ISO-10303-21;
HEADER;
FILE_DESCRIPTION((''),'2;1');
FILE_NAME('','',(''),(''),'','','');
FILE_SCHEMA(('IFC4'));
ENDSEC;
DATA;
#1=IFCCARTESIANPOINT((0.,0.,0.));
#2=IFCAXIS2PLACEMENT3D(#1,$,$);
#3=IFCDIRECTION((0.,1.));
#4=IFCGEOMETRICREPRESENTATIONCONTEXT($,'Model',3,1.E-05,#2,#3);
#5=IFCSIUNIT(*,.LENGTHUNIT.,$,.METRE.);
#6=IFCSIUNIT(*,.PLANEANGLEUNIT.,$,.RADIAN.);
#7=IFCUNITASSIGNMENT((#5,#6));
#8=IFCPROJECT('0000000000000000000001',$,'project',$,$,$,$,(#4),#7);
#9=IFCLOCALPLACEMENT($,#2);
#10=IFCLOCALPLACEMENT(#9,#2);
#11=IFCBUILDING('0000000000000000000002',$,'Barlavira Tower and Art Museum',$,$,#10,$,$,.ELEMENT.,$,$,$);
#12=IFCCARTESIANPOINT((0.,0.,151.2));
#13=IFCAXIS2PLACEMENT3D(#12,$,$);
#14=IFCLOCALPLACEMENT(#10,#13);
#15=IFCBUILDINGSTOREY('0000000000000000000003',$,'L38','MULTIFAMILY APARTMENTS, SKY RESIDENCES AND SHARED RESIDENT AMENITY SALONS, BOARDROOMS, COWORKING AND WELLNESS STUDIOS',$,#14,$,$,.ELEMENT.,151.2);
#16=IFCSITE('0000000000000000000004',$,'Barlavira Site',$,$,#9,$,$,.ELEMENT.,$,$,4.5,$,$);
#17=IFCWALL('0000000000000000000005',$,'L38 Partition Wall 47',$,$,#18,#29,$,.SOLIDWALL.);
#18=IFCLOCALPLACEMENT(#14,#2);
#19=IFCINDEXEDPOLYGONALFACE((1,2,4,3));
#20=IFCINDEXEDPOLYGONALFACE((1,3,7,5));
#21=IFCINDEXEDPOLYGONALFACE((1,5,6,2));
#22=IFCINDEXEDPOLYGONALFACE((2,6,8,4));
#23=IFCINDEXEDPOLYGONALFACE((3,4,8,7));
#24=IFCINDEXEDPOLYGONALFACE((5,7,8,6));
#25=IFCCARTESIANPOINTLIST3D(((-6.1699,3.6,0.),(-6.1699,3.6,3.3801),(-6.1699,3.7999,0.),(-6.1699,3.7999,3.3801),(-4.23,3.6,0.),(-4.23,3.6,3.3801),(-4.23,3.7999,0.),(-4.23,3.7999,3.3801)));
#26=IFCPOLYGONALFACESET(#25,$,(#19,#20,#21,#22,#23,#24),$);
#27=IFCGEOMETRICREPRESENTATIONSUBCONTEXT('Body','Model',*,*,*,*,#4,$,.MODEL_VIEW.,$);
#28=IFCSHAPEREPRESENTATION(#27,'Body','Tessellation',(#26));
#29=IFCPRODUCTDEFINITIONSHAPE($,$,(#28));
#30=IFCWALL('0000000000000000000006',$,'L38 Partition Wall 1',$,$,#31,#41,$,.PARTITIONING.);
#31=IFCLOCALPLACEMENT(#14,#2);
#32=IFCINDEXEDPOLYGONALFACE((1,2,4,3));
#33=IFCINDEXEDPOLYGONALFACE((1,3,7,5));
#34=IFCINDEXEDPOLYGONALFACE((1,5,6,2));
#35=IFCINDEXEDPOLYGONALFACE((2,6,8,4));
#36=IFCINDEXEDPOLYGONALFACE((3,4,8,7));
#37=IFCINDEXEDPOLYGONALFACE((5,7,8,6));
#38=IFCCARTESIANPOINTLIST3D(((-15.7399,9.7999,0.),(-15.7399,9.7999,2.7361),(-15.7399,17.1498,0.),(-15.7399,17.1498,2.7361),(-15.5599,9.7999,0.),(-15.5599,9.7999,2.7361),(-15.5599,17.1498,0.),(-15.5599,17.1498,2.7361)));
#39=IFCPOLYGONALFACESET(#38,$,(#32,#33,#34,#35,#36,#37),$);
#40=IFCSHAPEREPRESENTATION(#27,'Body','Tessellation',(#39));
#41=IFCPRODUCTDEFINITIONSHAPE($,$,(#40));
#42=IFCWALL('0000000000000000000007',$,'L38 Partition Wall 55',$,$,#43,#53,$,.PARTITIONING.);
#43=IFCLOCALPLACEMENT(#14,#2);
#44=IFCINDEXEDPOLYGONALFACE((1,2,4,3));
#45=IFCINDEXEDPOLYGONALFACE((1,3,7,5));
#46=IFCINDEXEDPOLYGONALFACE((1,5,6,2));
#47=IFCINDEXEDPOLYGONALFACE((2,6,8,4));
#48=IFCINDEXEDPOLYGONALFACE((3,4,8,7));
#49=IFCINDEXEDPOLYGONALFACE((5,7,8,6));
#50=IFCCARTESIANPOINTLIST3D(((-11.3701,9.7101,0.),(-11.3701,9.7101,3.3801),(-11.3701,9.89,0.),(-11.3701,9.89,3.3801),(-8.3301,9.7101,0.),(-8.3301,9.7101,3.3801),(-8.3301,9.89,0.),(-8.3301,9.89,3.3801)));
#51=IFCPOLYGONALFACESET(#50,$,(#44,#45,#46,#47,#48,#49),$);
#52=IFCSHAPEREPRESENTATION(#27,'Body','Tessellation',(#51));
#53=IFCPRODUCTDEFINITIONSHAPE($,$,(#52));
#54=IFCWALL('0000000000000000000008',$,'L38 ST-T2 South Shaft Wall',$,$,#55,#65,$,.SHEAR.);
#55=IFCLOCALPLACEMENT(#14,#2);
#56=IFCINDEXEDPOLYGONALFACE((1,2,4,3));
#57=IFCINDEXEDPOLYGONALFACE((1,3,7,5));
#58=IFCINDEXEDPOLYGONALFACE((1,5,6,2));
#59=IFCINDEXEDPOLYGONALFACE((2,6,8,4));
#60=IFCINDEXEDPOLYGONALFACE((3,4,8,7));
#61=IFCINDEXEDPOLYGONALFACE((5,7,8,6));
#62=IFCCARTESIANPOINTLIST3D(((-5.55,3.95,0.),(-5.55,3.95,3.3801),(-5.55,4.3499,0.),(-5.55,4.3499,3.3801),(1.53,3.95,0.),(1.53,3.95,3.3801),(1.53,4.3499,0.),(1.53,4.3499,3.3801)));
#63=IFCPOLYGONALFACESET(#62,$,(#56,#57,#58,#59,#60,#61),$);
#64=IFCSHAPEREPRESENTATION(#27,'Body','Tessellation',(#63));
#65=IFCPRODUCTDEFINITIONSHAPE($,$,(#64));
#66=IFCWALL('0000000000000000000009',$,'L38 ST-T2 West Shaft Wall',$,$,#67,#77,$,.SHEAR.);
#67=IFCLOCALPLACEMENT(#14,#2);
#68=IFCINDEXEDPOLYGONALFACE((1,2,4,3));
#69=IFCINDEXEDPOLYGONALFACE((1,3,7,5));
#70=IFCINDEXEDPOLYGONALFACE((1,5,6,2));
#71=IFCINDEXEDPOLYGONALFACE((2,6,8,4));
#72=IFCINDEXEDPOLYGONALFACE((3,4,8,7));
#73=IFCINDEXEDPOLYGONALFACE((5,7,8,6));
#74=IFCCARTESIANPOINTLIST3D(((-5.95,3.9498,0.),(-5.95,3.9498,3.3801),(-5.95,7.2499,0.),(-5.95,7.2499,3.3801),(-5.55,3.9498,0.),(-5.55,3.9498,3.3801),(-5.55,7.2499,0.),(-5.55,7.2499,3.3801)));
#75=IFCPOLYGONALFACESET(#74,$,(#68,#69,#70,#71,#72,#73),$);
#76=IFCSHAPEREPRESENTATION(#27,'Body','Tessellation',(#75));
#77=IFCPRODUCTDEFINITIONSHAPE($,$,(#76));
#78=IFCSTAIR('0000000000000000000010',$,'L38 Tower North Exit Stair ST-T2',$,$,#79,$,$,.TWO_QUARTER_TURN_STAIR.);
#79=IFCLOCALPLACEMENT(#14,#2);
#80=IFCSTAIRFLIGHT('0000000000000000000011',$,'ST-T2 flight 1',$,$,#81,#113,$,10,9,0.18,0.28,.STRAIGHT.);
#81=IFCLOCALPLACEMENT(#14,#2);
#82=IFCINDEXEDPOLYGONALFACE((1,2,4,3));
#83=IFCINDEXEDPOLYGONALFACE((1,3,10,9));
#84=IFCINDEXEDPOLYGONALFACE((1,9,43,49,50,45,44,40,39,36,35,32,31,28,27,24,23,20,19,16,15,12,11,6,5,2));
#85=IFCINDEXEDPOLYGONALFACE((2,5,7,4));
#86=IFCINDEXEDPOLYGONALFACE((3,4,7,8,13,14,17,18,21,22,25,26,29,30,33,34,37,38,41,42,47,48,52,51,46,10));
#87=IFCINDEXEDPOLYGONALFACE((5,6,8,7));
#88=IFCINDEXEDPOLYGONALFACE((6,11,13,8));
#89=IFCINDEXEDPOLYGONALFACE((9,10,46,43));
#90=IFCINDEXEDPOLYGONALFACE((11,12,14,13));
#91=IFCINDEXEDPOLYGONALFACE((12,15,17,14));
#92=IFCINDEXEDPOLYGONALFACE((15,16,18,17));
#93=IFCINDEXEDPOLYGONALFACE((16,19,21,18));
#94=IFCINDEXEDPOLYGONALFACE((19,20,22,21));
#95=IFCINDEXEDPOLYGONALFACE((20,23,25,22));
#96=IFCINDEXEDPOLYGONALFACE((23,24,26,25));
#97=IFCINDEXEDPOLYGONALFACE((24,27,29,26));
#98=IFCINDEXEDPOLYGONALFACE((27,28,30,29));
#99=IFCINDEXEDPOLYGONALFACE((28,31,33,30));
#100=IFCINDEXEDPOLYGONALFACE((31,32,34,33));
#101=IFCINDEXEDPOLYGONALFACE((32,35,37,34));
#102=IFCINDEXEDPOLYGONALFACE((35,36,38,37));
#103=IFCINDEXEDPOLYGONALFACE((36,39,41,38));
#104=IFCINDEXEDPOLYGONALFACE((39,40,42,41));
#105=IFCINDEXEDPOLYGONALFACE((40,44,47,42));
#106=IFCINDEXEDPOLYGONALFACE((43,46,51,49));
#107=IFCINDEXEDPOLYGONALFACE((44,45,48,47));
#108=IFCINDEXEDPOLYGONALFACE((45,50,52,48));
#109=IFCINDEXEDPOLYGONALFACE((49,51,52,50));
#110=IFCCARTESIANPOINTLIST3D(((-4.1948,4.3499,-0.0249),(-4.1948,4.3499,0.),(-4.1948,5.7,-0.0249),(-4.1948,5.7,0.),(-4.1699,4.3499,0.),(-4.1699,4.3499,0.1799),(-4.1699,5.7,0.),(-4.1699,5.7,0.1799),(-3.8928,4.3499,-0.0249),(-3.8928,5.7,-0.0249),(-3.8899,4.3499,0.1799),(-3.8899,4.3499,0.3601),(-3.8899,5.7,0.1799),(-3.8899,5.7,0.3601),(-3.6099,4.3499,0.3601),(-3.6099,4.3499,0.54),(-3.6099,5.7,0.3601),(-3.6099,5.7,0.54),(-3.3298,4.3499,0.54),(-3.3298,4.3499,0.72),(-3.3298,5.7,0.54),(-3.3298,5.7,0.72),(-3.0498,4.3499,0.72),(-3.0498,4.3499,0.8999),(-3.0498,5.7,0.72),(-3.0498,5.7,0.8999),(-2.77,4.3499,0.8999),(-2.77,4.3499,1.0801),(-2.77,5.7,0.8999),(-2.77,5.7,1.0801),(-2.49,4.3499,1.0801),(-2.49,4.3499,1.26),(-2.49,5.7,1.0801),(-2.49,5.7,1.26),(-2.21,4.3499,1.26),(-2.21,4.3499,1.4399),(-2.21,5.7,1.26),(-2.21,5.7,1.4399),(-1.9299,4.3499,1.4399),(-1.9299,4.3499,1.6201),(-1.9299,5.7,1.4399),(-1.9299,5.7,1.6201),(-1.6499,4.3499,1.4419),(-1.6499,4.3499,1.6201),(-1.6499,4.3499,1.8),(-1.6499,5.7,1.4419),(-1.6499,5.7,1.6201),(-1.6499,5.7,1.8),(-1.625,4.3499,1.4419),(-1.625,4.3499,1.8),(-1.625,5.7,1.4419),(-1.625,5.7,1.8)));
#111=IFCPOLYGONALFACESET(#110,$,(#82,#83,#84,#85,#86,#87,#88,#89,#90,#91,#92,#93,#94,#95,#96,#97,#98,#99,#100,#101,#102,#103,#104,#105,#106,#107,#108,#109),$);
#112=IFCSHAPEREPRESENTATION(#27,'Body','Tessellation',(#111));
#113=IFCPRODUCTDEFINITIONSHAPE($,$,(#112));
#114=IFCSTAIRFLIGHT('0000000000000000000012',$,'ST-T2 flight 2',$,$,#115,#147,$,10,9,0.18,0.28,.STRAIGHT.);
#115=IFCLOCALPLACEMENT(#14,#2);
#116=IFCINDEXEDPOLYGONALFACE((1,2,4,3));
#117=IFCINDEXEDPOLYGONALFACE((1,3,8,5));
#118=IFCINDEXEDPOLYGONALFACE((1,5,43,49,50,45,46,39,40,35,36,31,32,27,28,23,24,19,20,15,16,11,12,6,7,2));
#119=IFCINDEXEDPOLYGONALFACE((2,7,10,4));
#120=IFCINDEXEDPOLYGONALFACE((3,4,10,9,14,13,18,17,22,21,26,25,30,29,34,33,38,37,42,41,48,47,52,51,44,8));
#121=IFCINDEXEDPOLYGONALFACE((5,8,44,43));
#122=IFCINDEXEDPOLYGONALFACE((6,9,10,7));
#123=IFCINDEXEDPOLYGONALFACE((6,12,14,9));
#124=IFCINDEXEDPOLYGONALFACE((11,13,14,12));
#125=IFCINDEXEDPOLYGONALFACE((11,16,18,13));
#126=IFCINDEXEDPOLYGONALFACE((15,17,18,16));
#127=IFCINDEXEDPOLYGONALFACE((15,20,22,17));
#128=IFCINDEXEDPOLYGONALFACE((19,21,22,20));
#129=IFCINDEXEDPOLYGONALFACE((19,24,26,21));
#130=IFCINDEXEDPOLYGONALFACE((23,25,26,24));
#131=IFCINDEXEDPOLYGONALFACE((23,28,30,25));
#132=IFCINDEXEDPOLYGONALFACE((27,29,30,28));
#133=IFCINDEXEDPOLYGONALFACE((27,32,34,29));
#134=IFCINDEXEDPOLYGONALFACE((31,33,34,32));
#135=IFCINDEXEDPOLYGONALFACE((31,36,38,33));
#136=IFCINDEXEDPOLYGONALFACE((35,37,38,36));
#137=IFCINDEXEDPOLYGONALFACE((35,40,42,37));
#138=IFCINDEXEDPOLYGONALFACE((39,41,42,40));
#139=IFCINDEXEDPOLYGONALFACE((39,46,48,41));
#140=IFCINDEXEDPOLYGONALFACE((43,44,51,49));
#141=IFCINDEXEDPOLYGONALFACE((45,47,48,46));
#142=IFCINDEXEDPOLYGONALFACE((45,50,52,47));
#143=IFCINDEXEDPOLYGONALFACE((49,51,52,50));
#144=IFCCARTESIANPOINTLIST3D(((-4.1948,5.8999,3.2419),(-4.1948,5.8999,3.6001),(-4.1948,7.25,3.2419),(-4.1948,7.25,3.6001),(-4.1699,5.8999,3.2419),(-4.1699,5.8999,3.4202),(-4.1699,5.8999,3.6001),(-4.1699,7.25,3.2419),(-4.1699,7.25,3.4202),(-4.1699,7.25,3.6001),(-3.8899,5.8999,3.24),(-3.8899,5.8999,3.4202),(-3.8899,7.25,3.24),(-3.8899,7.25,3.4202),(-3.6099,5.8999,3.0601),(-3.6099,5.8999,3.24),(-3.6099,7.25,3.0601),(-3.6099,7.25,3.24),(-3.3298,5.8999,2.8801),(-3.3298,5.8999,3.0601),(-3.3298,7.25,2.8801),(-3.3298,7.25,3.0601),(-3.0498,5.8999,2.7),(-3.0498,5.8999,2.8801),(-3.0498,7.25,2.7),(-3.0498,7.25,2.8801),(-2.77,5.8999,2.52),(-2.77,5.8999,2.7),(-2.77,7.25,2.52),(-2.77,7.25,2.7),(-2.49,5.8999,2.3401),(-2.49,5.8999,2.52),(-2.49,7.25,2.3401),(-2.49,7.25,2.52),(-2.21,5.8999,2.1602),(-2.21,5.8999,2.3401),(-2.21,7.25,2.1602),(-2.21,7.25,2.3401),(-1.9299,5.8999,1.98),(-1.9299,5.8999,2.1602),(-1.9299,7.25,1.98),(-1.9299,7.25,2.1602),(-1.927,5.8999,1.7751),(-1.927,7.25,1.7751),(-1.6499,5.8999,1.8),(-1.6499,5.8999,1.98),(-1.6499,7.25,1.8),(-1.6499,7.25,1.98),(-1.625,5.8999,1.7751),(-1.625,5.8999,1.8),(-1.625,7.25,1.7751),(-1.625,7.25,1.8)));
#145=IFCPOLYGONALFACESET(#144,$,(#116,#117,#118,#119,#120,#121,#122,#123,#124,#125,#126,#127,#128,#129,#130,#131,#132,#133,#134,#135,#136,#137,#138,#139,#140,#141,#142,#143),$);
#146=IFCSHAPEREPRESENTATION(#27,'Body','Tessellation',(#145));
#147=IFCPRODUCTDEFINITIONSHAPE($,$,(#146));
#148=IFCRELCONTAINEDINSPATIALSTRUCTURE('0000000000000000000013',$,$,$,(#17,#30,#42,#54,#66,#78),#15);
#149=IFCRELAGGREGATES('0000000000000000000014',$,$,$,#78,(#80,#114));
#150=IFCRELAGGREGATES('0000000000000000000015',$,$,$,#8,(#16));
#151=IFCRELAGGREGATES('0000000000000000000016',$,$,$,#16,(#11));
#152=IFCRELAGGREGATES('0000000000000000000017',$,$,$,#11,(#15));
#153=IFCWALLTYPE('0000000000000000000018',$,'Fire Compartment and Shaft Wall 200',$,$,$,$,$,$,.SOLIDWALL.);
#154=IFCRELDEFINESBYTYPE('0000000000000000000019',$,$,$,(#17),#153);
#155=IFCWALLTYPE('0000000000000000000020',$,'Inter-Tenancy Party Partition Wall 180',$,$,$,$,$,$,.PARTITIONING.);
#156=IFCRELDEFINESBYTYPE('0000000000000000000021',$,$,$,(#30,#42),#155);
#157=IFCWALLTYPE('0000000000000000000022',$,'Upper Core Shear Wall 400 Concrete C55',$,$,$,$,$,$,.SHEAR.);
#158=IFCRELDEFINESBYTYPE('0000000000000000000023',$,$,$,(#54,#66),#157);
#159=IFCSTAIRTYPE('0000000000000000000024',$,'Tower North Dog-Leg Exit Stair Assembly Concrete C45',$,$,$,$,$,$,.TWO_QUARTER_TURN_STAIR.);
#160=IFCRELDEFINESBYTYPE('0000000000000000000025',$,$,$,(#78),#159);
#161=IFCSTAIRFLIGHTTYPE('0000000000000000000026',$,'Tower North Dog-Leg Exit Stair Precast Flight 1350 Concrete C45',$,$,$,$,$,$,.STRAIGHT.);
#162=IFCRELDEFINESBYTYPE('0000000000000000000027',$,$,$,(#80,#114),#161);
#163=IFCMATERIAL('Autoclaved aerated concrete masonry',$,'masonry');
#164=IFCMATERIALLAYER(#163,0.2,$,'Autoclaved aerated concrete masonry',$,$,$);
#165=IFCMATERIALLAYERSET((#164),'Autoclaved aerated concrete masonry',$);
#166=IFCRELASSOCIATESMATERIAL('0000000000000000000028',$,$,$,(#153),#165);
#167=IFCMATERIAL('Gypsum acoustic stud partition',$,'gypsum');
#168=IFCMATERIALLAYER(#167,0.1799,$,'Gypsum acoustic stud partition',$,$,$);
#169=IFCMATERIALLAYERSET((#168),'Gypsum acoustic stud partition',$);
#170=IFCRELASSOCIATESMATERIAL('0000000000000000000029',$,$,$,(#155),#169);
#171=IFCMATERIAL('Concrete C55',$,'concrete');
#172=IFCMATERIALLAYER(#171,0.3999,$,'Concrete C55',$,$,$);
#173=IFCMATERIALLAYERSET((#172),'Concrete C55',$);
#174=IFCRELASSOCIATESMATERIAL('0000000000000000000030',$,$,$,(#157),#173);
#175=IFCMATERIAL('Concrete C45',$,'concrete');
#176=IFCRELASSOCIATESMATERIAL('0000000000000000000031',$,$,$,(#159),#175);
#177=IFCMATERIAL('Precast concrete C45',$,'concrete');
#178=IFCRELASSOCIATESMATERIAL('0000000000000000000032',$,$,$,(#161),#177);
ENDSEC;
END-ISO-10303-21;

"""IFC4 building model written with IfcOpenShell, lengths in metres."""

from ifc_helpers import new_model, si_unit, direction, frame, frame_2d, origin, place, context, subcontext, project, spatial, polyline, rectangle, outline, extrude, material, layer, layer_set, type_object, element, aggregate, save


model = new_model("IFC4")

# Units and contexts
model_context = context("Model", 3, precision=1e-05, world=origin(), true_north=direction((0.0, 1.0)))
body_context = subcontext(model_context, "Body", "Model", "MODEL_VIEW")
ifc_project = project(units=[si_unit("LENGTHUNIT", "METRE"), si_unit("PLANEANGLEUNIT", "RADIAN")], contexts=[model_context])

# Site, building, storey
site_placement = place(None, origin())
site = spatial("IfcSite", under=ifc_project, at=site_placement, Name="Barlavira Site", CompositionType="ELEMENT", RefElevation=4.5)
building_placement = place(site_placement, origin())
building = spatial("IfcBuilding", under=site, at=building_placement, Name="Barlavira Tower and Art Museum", CompositionType="ELEMENT")
storey_placement = place(building_placement, frame((0.0, 0.0, 151.2)))
storey = spatial("IfcBuildingStorey", under=building, at=storey_placement, Name="L38", Description="MULTIFAMILY APARTMENTS, SKY RESIDENCES AND SHARED RESIDENT AMENITY SALONS, BOARDROOMS, COWORKING AND WELLNESS STUDIOS", CompositionType="ELEMENT", Elevation=151.2)

# Shared definitions
ifc_material_1 = material(Name="Gypsum acoustic stud partition", Category="gypsum")

# Shared definitions
ifc_material_2 = material(Name="Autoclaved aerated concrete masonry", Category="masonry")
ifc_layer_1 = layer(ifc_material_2, 0.2, Name="Autoclaved aerated concrete masonry")
ifc_layer_set_1 = layer_set([ifc_layer_1], Name="Autoclaved aerated concrete masonry")
wall_type_1 = type_object("IfcWallType", Name="Fire Compartment and Shaft Wall 200", PredefinedType="SOLIDWALL", material=ifc_layer_set_1)

# Walls
wall_1_placement = place(storey_placement, frame((-6.1699, 3.7, 0.0), z_axis=(0.0, 0.0, 1.0), x_axis=(1.0, 0.0, 0.0)))
element("IfcWall", 1, at=wall_1_placement, inside=storey, type_object=wall_type_1, Name="L38 Partition Wall 47", PredefinedType="SOLIDWALL", context=body_context, shape_type="SweptSolid", body=[
    extrude(rectangle(XDim=1.9399, YDim=0.2, at=frame_2d((0.97, 0.0))), origin(), (0.0, 0.0, 1.0), 3.3801),
])
ifc_layer_2 = layer(ifc_material_1, 0.1799, Name="Gypsum acoustic stud partition")
ifc_layer_set_2 = layer_set([ifc_layer_2], Name="Gypsum acoustic stud partition")
wall_type_2 = type_object("IfcWallType", Name="Inter-Tenancy Party Partition Wall 180", PredefinedType="PARTITIONING", material=ifc_layer_set_2)
wall_2_placement = place(storey_placement, frame((-15.6499, 9.8, 0.0), z_axis=(0.0, 0.0, 1.0), x_axis=(0.0, 1.0, 0.0)))
element("IfcWall", 2, at=wall_2_placement, inside=storey, type_object=wall_type_2, Name="L38 Partition Wall 1", PredefinedType="PARTITIONING", context=body_context, shape_type="SweptSolid", body=[
    extrude(rectangle(XDim=7.3499, YDim=0.1799, at=frame_2d((3.6748, 0.0))), origin(), (0.0, 0.0, 1.0), 2.7361),
])

# Walls
wall_3_placement = place(storey_placement, frame((-11.3701, 9.8, 0.0), z_axis=(0.0, 0.0, 1.0), x_axis=(1.0, 0.0, 0.0)))
element("IfcWall", 3, at=wall_3_placement, inside=storey, type_object=wall_type_2, Name="L38 Partition Wall 55", PredefinedType="PARTITIONING", context=body_context, shape_type="SweptSolid", body=[
    extrude(rectangle(XDim=3.04, YDim=0.1799, at=frame_2d((1.52, 0.0))), origin(), (0.0, 0.0, 1.0), 3.3801),
])
ifc_material_3 = material(Name="Concrete C55", Category="concrete")
ifc_layer_3 = layer(ifc_material_3, 0.3999, Name="Concrete C55")
ifc_layer_set_3 = layer_set([ifc_layer_3], Name="Concrete C55")
wall_type_3 = type_object("IfcWallType", Name="Upper Core Shear Wall 400 Concrete C55", PredefinedType="SHEAR", material=ifc_layer_set_3)
wall_4_placement = place(storey_placement, frame((-5.55, 4.1499, 0.0), z_axis=(0.0, 0.0, 1.0), x_axis=(1.0, 0.0, 0.0)))
element("IfcWall", 4, at=wall_4_placement, inside=storey, type_object=wall_type_3, Name="L38 ST-T2 South Shaft Wall", PredefinedType="SHEAR", context=body_context, shape_type="SweptSolid", body=[
    extrude(rectangle(XDim=7.0801, YDim=0.3999, at=frame_2d((3.54, 0.0))), origin(), (0.0, 0.0, 1.0), 3.3801),
])
wall_5_placement = place(storey_placement, frame((-5.75, 3.95, 0.0), z_axis=(0.0, 0.0, 1.0), x_axis=(0.0, 1.0, 0.0)))
element("IfcWall", 5, at=wall_5_placement, inside=storey, type_object=wall_type_3, Name="L38 ST-T2 West Shaft Wall", PredefinedType="SHEAR", context=body_context, shape_type="SweptSolid", body=[
    extrude(rectangle(XDim=3.3, YDim=0.3999, at=frame_2d((1.6499, 0.0))), origin(), (0.0, 0.0, 1.0), 3.3801),
])

# Stair, stair flights
ifc_material_4 = material(Name="Concrete C45", Category="concrete")
stair_type = type_object("IfcStairType", Name="Tower North Dog-Leg Exit Stair Assembly Concrete C45", PredefinedType="TWO_QUARTER_TURN_STAIR", material=ifc_material_4)
stair_placement = place(storey_placement, origin())
stair = element("IfcStair", 6, at=stair_placement, inside=storey, type_object=stair_type, Name="L38 Tower North Exit Stair ST-T2", PredefinedType="TWO_QUARTER_TURN_STAIR")
ifc_material_5 = material(Name="Precast concrete C45", Category="concrete")
stair_flight_type = type_object("IfcStairFlightType", Name="Tower North Dog-Leg Exit Stair Precast Flight 1350 Concrete C45", PredefinedType="STRAIGHT", material=ifc_material_5)
stair_flight_1_placement = place(storey_placement, frame((-4.1699, 5.0249, 0.0), z_axis=(0.0, 0.0, 1.0), x_axis=(1.0, 0.0, 0.0)))
stair_flight_1 = element("IfcStairFlight", 7, at=stair_flight_1_placement, type_object=stair_flight_type, Name="ST-T2 flight 1", NumberOfRisers=10, NumberOfTreads=9, PredefinedType="STRAIGHT", RiserHeight=0.18, TreadLength=0.28, context=body_context, shape_type="SweptSolid", body=[
    extrude(outline(polyline([(-0.0249, 0.0), (0.0, 0.0), (0.0, 0.1799), (0.28, 0.1799), (0.28, 0.3601), (0.5601, 0.3601), (0.5601, 0.54), (0.8401, 0.54), (0.8401, 0.72), (1.1201, 0.72), (1.1201, 0.8999), (1.3999, 0.8999), (1.3999, 1.0801), (1.6799, 1.0801), (1.6799, 1.26), (1.96, 1.26), (1.96, 1.4399), (2.24, 1.4399), (2.24, 1.6201), (2.52, 1.6201), (2.52, 1.8), (2.5449, 1.8), (2.5449, 1.4419), (2.52, 1.4419), (0.2771, -0.0249), (-0.0249, -0.0249), (-0.0249, 0.0)])), frame((0.0, 0.675, 0.0), z_axis=(0.0, -1.0, 0.0), x_axis=(1.0, 0.0, 0.0)), (0.0, 0.0, 1.0), 1.3501),
])
stair_flight_2_placement = place(storey_placement, frame((-1.6499, 6.575, 1.8), z_axis=(0.0, 0.0, 1.0), x_axis=(-1.0, 0.0, 0.0)))
stair_flight_2 = element("IfcStairFlight", 8, at=stair_flight_2_placement, type_object=stair_flight_type, Name="ST-T2 flight 2", NumberOfRisers=10, NumberOfTreads=9, PredefinedType="STRAIGHT", RiserHeight=0.18, TreadLength=0.28, context=body_context, shape_type="SweptSolid", body=[
    extrude(outline(polyline([(-0.0249, 0.0), (0.0, 0.0), (0.0, 0.1799), (0.28, 0.1799), (0.28, 0.3601), (0.5601, 0.3601), (0.5601, 0.54), (0.8401, 0.54), (0.8401, 0.72), (1.1201, 0.72), (1.1201, 0.8999), (1.3999, 0.8999), (1.3999, 1.0801), (1.6799, 1.0801), (1.6799, 1.26), (1.96, 1.26), (1.96, 1.4399), (2.24, 1.4399), (2.24, 1.6201), (2.52, 1.6201), (2.52, 1.8), (2.5449, 1.8), (2.5449, 1.4419), (2.52, 1.4419), (0.2771, -0.0249), (-0.0249, -0.0249), (-0.0249, 0.0)])), frame((0.0, 0.675, 0.0), z_axis=(0.0, -1.0, 0.0), x_axis=(1.0, 0.0, 0.0)), (0.0, 0.0, 1.0), 1.3501),
])
aggregate(stair, [stair_flight_1, stair_flight_2])

save(model, "model.ifc")
